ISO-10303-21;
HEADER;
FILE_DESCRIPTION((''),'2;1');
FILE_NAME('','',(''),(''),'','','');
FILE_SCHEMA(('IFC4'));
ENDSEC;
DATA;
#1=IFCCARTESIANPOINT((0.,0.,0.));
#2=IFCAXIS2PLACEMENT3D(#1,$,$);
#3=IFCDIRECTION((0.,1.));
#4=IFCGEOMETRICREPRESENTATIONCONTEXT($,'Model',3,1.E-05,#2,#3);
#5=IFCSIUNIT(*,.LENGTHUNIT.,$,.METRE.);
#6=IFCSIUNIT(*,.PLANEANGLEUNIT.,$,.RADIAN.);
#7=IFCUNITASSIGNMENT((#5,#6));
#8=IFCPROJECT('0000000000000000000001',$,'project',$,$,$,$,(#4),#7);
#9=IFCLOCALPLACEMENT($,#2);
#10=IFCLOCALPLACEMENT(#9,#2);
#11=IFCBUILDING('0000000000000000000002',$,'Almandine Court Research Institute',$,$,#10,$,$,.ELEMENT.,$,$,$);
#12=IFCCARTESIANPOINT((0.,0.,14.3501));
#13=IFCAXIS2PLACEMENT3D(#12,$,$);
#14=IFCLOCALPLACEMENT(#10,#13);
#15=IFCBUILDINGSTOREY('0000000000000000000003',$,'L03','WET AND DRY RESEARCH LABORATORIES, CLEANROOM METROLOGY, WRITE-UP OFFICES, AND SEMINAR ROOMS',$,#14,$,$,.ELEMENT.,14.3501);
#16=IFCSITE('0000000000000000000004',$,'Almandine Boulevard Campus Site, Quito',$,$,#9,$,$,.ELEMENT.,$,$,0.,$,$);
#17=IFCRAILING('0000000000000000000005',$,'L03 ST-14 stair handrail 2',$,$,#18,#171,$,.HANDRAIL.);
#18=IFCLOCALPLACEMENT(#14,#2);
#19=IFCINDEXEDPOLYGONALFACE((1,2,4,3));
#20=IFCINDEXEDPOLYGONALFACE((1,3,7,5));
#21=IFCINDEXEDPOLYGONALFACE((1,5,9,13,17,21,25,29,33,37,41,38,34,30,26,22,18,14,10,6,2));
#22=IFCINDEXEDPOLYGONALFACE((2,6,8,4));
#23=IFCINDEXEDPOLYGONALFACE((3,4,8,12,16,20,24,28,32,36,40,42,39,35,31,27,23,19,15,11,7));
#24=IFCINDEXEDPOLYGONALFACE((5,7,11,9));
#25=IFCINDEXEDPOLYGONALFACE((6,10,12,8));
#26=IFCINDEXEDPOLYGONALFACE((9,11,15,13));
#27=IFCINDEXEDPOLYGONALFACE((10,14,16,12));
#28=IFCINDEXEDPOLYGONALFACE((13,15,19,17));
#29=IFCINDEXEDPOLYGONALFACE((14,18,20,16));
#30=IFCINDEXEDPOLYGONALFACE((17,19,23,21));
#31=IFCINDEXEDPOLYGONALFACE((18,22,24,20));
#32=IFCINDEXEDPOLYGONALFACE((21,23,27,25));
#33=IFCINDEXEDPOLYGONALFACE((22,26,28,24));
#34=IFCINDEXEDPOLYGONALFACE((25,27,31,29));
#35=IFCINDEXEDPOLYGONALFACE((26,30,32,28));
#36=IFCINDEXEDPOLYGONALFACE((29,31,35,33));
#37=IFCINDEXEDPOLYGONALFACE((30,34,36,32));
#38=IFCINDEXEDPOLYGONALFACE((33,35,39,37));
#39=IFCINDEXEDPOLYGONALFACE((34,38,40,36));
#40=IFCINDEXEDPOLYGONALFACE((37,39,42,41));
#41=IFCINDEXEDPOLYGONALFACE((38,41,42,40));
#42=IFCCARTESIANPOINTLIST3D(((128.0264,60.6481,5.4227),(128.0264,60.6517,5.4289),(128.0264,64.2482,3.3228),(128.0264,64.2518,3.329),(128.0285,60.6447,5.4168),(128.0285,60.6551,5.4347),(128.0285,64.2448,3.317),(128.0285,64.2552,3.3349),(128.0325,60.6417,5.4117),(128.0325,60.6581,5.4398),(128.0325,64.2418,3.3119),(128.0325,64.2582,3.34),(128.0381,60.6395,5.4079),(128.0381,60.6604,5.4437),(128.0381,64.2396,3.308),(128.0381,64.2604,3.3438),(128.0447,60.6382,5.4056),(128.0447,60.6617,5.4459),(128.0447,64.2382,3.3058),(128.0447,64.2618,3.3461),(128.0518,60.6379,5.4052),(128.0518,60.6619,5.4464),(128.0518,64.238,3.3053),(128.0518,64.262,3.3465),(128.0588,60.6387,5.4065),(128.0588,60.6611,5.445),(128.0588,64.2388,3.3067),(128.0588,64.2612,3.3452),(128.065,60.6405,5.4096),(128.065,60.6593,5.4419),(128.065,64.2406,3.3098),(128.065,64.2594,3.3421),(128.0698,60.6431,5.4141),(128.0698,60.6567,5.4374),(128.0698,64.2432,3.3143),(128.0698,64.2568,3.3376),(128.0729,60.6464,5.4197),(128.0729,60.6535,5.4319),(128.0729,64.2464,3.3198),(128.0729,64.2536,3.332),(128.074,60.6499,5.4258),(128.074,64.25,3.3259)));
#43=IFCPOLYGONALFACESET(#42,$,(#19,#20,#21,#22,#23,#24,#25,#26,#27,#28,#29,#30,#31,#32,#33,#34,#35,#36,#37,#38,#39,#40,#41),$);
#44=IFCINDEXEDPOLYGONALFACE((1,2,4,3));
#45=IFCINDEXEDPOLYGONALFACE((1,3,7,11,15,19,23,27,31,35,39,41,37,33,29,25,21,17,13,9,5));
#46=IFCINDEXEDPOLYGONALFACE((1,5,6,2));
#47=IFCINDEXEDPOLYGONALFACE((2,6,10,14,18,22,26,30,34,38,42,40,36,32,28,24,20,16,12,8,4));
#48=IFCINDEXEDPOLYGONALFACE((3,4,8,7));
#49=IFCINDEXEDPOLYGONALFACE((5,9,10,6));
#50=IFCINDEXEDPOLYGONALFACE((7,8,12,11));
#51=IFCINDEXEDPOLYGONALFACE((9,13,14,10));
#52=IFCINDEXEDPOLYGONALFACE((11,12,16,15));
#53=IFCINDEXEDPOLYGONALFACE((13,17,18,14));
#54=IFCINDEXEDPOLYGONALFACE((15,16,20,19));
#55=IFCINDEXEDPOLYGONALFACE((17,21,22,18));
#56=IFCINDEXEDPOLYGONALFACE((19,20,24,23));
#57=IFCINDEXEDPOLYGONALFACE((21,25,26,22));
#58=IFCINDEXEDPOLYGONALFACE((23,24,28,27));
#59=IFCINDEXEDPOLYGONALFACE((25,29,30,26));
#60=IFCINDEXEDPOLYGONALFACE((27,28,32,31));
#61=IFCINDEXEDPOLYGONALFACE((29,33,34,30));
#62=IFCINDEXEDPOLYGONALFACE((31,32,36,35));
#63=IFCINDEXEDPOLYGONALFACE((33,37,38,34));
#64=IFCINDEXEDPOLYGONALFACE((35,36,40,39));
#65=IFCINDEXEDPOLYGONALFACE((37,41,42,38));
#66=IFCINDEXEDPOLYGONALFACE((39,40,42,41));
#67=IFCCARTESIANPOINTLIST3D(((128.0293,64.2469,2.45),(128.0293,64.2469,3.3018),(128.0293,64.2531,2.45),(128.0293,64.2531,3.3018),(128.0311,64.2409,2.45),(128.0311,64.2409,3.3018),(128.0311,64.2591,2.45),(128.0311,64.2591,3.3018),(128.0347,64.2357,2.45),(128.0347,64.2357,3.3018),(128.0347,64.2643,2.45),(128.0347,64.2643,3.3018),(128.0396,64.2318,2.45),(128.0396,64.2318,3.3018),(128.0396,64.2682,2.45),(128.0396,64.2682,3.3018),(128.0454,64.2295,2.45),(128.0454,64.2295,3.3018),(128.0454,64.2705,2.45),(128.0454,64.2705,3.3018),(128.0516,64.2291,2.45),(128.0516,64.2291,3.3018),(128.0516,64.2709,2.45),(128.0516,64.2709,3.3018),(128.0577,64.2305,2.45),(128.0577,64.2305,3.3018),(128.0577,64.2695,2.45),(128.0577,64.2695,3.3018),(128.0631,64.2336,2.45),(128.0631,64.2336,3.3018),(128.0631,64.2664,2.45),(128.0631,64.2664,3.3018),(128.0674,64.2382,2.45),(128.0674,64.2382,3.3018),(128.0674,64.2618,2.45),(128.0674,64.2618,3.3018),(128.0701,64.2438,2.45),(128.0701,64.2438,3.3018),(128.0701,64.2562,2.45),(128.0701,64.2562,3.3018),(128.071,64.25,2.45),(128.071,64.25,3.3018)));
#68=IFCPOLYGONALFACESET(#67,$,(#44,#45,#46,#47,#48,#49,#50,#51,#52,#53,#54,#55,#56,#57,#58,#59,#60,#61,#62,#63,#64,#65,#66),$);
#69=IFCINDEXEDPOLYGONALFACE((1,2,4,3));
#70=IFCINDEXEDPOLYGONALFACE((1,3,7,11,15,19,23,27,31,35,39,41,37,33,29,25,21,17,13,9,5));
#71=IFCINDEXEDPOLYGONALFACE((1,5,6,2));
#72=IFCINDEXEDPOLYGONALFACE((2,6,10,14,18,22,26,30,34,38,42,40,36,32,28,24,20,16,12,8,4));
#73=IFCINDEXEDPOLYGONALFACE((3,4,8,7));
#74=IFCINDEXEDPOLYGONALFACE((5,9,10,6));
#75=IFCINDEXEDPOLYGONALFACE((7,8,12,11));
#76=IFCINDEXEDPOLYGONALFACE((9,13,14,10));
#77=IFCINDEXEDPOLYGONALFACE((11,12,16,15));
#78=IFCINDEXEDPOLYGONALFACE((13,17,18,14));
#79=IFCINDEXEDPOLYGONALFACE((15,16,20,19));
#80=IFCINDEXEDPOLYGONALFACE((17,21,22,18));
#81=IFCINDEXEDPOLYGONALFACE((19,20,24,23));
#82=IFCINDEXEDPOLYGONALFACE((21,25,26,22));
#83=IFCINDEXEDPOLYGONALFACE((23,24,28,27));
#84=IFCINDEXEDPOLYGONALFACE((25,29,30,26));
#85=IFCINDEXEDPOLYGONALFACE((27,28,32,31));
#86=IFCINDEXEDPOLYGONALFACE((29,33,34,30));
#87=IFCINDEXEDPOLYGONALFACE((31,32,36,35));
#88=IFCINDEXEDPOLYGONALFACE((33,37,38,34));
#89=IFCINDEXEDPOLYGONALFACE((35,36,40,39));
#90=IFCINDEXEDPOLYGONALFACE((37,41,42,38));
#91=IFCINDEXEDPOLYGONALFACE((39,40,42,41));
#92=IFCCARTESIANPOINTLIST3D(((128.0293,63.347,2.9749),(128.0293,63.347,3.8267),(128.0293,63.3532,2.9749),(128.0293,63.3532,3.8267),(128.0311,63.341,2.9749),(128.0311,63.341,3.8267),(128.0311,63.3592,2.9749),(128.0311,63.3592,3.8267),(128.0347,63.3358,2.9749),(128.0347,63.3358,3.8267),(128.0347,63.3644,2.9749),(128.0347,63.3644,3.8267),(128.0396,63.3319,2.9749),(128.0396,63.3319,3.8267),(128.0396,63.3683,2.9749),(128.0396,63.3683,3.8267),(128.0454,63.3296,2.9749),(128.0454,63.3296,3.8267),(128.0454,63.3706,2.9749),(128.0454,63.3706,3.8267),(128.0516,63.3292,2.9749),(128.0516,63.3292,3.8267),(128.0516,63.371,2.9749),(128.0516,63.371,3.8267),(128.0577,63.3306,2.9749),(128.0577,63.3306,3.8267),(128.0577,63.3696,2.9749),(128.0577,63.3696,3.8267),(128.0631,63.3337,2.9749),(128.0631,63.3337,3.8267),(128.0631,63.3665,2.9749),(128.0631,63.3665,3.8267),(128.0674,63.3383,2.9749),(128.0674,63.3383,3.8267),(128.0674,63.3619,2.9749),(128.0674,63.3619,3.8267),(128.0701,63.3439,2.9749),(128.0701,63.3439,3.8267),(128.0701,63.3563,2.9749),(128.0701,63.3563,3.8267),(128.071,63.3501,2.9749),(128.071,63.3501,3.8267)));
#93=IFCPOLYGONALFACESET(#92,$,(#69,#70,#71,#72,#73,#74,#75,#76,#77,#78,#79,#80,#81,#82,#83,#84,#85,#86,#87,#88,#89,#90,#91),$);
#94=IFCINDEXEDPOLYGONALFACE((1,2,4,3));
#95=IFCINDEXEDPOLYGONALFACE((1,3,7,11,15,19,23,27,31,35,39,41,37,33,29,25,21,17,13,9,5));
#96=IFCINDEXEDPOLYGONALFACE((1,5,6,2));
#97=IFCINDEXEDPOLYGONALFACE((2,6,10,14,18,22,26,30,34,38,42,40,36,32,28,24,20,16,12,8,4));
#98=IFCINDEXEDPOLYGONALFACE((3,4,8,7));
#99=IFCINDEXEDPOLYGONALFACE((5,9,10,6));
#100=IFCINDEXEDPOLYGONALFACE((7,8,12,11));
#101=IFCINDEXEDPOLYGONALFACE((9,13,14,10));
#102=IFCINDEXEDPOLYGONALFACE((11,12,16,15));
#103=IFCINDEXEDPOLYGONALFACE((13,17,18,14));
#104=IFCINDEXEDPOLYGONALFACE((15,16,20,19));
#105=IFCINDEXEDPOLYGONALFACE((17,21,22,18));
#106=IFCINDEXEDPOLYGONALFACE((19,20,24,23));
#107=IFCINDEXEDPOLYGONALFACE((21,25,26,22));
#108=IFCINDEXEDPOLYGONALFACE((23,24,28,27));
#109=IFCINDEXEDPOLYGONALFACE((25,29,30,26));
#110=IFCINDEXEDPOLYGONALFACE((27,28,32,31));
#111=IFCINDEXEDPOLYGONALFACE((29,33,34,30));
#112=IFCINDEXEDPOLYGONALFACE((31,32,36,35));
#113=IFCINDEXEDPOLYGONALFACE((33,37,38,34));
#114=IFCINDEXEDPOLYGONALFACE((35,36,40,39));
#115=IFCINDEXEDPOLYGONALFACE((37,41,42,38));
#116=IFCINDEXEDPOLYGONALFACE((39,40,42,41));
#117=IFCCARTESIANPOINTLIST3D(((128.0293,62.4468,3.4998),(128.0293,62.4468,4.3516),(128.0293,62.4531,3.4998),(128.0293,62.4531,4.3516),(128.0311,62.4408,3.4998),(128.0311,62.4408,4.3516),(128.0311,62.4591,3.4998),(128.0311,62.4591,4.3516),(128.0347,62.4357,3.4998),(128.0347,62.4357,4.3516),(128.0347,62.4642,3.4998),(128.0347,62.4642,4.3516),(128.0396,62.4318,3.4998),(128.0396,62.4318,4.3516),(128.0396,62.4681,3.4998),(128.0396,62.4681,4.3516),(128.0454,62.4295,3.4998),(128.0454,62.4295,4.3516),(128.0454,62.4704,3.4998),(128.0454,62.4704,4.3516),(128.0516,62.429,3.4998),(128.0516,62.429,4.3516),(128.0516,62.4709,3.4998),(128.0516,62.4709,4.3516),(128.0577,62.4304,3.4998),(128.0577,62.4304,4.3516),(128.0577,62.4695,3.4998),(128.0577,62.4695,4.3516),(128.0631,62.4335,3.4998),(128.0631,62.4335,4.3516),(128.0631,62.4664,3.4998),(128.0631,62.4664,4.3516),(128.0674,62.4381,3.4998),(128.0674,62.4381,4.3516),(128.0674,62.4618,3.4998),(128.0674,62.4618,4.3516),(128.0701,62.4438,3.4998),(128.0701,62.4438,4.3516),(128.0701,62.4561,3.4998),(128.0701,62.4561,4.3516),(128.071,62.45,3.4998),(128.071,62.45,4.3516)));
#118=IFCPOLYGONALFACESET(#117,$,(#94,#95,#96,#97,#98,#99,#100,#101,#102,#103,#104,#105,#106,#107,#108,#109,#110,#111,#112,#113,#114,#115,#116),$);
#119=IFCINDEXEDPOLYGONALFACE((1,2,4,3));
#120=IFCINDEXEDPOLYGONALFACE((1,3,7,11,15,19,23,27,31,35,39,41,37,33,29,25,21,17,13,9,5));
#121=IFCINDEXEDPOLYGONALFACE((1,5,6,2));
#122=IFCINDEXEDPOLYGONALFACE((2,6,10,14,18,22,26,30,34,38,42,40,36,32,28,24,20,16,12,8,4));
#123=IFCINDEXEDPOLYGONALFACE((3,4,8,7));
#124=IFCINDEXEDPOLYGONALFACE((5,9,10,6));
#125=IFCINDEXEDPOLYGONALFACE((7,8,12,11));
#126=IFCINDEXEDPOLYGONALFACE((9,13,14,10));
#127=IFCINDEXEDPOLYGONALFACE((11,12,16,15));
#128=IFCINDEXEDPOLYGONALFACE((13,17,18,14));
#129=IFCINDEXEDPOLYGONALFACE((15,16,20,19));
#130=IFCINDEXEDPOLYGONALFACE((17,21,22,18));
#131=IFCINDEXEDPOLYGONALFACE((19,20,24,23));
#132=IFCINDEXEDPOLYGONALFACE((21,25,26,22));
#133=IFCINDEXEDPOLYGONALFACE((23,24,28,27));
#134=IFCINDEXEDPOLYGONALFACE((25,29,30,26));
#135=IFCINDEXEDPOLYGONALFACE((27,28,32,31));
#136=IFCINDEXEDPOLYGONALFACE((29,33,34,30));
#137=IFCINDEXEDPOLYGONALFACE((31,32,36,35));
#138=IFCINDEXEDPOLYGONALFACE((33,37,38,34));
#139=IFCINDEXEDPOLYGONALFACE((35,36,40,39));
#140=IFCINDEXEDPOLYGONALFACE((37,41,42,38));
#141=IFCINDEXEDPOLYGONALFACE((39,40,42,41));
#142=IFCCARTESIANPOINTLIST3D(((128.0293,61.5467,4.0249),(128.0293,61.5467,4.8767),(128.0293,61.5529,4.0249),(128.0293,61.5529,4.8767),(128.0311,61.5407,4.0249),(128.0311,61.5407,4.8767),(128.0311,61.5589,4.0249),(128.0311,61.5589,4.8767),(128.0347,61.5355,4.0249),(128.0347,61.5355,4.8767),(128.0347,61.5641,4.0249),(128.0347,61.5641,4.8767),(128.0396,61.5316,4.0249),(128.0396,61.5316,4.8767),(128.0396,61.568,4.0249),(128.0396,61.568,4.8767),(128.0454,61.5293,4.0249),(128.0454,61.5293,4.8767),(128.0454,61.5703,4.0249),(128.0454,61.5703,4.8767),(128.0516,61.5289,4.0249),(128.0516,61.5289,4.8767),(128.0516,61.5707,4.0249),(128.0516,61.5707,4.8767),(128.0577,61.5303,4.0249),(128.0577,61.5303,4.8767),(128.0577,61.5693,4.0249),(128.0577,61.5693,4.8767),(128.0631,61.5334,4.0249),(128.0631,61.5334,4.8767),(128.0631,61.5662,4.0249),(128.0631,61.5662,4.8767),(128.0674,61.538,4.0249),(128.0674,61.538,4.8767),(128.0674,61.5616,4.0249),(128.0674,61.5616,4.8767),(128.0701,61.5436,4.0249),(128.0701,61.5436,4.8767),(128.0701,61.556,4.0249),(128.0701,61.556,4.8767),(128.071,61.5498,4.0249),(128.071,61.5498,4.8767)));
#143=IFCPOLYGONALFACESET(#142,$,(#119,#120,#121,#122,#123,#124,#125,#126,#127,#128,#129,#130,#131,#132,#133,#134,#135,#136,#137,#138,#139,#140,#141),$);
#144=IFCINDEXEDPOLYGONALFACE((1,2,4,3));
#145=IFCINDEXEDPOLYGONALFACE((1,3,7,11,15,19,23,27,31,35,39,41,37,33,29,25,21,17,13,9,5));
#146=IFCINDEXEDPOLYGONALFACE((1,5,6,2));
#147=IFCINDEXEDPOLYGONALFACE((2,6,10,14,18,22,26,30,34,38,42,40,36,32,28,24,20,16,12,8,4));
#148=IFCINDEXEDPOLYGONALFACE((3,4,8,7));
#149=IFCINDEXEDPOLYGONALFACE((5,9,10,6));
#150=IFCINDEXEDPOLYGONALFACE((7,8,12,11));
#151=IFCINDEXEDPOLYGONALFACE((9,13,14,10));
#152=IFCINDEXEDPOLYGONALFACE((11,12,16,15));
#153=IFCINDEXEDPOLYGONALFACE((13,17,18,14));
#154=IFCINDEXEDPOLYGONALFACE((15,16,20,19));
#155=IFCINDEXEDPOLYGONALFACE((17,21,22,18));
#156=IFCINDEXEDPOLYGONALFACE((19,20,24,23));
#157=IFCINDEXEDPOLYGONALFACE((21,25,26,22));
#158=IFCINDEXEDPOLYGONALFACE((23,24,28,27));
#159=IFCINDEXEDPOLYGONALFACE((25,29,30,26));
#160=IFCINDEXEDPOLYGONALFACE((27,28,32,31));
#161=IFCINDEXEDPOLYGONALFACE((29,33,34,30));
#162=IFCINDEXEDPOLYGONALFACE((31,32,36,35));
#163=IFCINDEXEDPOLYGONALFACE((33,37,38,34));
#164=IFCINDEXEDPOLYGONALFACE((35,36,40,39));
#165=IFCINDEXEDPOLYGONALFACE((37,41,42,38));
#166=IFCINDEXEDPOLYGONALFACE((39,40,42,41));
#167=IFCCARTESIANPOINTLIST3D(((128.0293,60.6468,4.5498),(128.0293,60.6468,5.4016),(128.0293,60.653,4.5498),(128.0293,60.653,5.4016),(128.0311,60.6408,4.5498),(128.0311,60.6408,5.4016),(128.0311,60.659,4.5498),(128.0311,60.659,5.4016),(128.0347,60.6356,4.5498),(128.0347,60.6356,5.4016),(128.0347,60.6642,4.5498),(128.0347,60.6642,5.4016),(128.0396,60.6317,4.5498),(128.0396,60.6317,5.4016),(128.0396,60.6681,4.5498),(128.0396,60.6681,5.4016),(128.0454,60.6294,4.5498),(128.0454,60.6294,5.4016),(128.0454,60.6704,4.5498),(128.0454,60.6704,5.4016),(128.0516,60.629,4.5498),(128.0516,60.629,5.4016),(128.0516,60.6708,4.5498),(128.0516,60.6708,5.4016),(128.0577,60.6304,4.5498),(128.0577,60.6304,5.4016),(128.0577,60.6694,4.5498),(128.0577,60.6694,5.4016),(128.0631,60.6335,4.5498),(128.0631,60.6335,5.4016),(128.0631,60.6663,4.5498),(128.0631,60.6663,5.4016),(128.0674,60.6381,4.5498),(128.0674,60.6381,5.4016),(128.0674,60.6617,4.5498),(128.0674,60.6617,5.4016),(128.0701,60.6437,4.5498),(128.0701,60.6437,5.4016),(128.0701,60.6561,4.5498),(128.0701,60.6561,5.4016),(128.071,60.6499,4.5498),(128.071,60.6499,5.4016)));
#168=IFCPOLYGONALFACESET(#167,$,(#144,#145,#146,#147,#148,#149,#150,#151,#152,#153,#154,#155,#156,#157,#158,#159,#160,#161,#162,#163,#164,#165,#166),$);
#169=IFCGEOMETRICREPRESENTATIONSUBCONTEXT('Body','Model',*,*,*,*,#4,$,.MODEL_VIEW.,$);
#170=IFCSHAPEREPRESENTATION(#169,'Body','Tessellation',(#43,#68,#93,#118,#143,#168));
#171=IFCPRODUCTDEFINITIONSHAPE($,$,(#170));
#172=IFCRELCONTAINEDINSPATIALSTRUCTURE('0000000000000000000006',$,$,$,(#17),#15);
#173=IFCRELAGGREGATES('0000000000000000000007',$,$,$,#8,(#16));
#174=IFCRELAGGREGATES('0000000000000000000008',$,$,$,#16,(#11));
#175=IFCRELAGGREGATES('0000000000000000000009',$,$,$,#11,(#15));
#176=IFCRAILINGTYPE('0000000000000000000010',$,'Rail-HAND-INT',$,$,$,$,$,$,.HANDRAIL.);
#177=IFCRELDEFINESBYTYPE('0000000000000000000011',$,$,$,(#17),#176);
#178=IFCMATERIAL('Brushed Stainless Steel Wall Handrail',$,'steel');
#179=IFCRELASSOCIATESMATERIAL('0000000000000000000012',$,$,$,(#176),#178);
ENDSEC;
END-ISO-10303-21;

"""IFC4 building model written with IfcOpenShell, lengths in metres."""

from ifc_helpers import new_model, si_unit, direction, frame, origin, origin_2d, place, context, subcontext, project, spatial, circle, extrude, material, type_object, element, save


model = new_model("IFC4")

# Units and contexts
model_context = context("Model", 3, precision=1e-05, world=origin(), true_north=direction((0.0, 1.0)))
body_context = subcontext(model_context, "Body", "Model", "MODEL_VIEW")
ifc_project = project(units=[si_unit("LENGTHUNIT", "METRE"), si_unit("PLANEANGLEUNIT", "RADIAN")], contexts=[model_context])

# Site, building, storey
site_placement = place(None, origin())
site = spatial("IfcSite", under=ifc_project, at=site_placement, Name="Almandine Boulevard Campus Site, Quito", CompositionType="ELEMENT", RefElevation=0.0)
building_placement = place(site_placement, origin())
building = spatial("IfcBuilding", under=site, at=building_placement, Name="Almandine Court Research Institute", CompositionType="ELEMENT")
storey_placement = place(building_placement, frame((0.0, 0.0, 14.3501)))
storey = spatial("IfcBuildingStorey", under=building, at=storey_placement, Name="L03", Description="WET AND DRY RESEARCH LABORATORIES, CLEANROOM METROLOGY, WRITE-UP OFFICES, AND SEMINAR ROOMS", CompositionType="ELEMENT", Elevation=14.3501)

# Railing
ifc_material_1 = material(Name="Brushed Stainless Steel Wall Handrail", Category="steel")
railing_type_1 = type_object("IfcRailingType", Name="Rail-HAND-INT", PredefinedType="HANDRAIL", material=ifc_material_1)
railing_1_placement = place(storey_placement, frame((128.05, 64.25, 2.45)))
element("IfcRailing", 1, at=railing_1_placement, inside=storey, type_object=railing_type_1, Name="L03 ST-14 stair handrail 2", PredefinedType="HANDRAIL", context=body_context, shape_type="SweptSolid", body=[
    extrude(circle(Radius=0.0239, at=origin_2d()), frame((0.0, 0.0, 0.876), z_axis=(0.0, -0.8638, 0.503835), x_axis=(1.0, 0.0, 0.0)), (0.0, 0.0, 1.0), 4.1677),
    extrude(circle(Radius=0.021, at=origin_2d()), origin(), (0.0, 0.0, 1.0), 0.8518),
    extrude(circle(Radius=0.021, at=origin_2d()), frame((0.0, -0.8999, 0.5249)), (0.0, 0.0, 1.0), 0.8518),
    extrude(circle(Radius=0.021, at=origin_2d()), frame((0.0, -1.8, 1.0498)), (0.0, 0.0, 1.0), 0.8518),
    extrude(circle(Radius=0.021, at=origin_2d()), frame((0.0, -2.7002, 1.575)), (0.0, 0.0, 1.0), 0.8518),
    extrude(circle(Radius=0.021, at=origin_2d()), frame((0.0, -3.6001, 2.0999)), (0.0, 0.0, 1.0), 0.8518),
])

save(model, "model.ifc")
